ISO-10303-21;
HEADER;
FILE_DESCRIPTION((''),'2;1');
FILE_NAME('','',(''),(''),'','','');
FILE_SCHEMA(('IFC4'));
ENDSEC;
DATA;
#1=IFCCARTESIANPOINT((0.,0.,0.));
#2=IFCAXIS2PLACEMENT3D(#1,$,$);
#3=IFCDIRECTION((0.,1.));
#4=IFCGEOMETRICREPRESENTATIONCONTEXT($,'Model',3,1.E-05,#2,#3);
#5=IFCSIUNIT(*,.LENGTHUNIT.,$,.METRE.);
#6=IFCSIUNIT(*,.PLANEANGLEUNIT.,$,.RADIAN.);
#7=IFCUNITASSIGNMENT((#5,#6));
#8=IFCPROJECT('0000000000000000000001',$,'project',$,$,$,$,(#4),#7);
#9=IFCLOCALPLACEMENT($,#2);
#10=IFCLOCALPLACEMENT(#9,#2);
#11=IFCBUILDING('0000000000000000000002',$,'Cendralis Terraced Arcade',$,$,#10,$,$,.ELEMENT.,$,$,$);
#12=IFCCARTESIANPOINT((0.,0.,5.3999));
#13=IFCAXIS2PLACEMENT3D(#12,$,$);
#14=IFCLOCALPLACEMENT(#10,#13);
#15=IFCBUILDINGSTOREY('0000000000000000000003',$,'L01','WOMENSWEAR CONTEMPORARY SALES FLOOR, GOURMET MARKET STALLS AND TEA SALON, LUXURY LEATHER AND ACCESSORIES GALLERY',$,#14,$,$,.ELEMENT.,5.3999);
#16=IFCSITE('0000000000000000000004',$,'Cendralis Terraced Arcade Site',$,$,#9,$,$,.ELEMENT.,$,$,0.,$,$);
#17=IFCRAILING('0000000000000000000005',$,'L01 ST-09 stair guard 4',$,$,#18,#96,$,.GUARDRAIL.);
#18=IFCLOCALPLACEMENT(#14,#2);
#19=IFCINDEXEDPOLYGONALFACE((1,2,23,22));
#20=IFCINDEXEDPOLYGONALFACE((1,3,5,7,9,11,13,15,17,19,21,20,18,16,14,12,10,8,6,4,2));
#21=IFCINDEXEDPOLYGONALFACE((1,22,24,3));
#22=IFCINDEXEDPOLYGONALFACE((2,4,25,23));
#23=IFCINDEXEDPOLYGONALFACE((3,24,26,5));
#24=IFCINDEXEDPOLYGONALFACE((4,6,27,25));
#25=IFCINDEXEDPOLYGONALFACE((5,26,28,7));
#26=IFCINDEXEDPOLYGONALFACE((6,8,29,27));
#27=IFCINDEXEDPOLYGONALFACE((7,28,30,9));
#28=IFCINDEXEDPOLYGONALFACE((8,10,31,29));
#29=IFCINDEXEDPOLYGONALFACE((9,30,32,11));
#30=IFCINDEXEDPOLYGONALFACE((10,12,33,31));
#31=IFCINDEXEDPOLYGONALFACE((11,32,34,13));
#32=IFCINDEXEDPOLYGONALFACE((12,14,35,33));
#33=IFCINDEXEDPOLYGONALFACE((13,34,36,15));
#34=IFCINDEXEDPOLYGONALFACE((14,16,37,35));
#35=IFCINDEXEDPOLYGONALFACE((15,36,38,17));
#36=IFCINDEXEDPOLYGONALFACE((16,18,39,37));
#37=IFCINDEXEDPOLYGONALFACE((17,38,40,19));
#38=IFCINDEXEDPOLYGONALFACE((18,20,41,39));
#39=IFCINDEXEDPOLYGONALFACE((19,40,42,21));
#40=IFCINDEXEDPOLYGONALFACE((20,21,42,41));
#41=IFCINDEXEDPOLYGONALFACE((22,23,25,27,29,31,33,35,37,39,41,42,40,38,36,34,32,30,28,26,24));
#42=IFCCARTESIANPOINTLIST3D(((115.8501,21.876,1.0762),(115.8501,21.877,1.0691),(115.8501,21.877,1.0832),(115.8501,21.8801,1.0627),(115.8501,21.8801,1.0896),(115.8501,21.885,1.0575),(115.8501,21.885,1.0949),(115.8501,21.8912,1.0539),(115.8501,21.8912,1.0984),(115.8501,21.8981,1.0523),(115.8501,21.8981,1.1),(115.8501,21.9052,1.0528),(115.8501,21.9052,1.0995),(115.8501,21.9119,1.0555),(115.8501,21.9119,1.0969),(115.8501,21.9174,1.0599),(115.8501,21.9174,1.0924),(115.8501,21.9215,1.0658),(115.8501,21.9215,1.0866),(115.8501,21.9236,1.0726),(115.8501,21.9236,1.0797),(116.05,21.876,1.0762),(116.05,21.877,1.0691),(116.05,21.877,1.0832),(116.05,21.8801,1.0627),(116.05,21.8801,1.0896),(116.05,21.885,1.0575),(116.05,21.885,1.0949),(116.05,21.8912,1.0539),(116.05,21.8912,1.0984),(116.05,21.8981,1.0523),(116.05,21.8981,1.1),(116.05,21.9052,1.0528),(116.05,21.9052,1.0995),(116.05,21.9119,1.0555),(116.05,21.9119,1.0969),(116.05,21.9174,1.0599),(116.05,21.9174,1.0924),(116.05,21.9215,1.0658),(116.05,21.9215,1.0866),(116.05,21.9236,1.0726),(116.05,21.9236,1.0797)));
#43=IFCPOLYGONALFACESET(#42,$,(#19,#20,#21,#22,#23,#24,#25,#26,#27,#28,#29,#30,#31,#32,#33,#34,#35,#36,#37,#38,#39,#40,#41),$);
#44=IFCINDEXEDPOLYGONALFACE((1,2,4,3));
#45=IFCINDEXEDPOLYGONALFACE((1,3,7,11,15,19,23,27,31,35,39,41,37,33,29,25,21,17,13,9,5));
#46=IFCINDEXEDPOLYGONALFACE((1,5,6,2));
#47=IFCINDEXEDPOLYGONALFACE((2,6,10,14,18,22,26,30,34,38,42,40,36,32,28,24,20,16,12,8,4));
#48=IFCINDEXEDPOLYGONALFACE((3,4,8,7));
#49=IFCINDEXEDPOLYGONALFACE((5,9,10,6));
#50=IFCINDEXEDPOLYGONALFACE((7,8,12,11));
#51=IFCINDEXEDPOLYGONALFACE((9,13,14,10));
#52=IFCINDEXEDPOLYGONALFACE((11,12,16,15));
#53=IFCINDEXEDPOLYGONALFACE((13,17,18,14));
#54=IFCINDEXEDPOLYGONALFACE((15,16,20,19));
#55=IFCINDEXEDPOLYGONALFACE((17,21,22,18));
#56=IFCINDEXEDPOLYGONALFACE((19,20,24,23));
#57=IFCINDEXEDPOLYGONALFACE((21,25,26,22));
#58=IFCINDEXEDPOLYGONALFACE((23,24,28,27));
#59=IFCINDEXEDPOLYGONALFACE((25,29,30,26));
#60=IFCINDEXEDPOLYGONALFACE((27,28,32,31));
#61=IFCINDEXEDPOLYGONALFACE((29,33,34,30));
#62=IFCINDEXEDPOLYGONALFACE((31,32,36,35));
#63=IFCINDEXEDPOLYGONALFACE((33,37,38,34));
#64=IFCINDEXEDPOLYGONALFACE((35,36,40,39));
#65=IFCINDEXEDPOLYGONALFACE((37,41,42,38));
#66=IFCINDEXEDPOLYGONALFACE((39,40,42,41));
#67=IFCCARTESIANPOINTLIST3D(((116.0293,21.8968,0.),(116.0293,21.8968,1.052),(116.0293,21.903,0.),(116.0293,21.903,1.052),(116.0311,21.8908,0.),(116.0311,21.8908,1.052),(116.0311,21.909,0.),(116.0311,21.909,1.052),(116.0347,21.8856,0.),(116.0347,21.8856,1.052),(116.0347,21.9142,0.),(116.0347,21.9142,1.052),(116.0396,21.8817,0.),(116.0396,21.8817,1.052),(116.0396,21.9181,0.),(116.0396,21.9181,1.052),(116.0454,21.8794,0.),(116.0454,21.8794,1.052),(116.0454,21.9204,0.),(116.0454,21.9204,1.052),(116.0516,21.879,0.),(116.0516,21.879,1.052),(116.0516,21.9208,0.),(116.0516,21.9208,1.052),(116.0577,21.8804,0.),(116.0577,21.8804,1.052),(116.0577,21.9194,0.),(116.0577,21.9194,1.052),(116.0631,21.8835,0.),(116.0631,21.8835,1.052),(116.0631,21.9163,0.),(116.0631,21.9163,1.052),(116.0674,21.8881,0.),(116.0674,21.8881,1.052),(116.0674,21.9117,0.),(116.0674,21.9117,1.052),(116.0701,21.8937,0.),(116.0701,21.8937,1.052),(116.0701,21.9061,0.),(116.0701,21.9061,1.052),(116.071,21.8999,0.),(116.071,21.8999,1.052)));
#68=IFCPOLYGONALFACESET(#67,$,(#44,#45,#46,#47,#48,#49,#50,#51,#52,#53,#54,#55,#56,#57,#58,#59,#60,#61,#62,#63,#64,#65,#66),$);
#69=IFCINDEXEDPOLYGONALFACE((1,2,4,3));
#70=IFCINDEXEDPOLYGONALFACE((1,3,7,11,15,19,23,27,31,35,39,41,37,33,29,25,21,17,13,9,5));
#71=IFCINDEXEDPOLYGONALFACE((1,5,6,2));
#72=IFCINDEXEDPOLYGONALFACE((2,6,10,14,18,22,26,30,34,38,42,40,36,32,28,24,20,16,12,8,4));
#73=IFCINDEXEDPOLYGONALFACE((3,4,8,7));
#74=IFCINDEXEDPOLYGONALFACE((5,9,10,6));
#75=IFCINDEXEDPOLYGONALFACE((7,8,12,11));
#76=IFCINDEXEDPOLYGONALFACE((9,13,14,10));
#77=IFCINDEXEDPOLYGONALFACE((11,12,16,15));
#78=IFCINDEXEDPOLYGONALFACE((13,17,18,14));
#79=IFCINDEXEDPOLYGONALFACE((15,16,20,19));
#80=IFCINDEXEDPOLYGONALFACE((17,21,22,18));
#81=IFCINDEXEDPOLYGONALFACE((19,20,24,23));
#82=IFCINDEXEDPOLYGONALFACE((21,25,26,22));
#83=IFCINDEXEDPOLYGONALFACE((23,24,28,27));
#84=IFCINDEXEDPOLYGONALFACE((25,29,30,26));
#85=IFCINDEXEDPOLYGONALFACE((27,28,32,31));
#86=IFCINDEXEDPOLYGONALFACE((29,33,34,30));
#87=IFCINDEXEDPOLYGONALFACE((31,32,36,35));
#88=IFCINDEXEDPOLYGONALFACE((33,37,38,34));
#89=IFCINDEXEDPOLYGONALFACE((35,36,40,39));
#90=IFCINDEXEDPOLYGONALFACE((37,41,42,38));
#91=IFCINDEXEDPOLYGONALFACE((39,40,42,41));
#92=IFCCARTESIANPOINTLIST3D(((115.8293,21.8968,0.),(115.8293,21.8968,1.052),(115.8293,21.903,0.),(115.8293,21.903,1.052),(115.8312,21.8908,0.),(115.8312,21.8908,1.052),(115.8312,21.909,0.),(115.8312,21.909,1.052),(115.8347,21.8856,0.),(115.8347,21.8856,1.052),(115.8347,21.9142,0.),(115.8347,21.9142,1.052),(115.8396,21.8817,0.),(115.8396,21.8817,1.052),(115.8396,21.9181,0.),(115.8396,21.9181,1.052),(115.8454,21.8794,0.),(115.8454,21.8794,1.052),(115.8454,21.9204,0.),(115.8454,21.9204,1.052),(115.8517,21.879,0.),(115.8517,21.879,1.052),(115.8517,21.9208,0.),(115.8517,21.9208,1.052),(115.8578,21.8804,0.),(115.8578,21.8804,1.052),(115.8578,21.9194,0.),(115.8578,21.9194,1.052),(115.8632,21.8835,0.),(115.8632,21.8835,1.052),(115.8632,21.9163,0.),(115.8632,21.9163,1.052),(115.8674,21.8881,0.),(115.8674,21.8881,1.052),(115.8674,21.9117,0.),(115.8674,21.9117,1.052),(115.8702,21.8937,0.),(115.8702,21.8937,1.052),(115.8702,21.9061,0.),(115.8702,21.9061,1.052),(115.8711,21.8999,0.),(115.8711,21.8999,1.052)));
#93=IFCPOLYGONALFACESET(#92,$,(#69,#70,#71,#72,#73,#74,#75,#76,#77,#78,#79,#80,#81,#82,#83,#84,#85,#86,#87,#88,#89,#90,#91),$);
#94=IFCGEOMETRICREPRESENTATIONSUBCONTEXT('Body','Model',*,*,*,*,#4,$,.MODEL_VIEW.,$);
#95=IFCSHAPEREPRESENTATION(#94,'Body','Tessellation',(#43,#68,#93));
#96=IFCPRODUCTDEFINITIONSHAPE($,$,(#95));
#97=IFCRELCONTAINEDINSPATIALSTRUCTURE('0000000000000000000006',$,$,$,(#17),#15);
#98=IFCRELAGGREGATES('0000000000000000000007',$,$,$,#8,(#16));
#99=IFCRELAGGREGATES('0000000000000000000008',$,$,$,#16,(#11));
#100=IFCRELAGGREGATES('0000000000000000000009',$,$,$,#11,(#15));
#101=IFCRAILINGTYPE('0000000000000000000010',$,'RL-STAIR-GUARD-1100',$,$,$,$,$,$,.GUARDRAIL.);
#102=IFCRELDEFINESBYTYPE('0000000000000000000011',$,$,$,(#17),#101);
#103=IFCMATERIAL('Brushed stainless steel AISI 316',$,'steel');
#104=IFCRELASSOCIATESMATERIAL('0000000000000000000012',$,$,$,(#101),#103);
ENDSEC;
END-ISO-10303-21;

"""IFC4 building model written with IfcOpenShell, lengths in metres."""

from ifc_helpers import new_model, si_unit, direction, frame, origin, origin_2d, place, context, subcontext, project, spatial, circle, extrude, material, type_object, element, save


model = new_model("IFC4")

# Units and contexts
model_context = context("Model", 3, precision=1e-05, world=origin(), true_north=direction((0.0, 1.0)))
body_context = subcontext(model_context, "Body", "Model", "MODEL_VIEW")
ifc_project = project(units=[si_unit("LENGTHUNIT", "METRE"), si_unit("PLANEANGLEUNIT", "RADIAN")], contexts=[model_context])

# Site, building, storey
site_placement = place(None, origin())
site = spatial("IfcSite", under=ifc_project, at=site_placement, Name="Cendralis Terraced Arcade Site", CompositionType="ELEMENT", RefElevation=0.0)
building_placement = place(site_placement, origin())
building = spatial("IfcBuilding", under=site, at=building_placement, Name="Cendralis Terraced Arcade", CompositionType="ELEMENT")
storey_placement = place(building_placement, frame((0.0, 0.0, 5.3999)))
storey = spatial("IfcBuildingStorey", under=building, at=storey_placement, Name="L01", Description="WOMENSWEAR CONTEMPORARY SALES FLOOR, GOURMET MARKET STALLS AND TEA SALON, LUXURY LEATHER AND ACCESSORIES GALLERY", CompositionType="ELEMENT", Elevation=5.3999)

# Railing
ifc_material_1 = material(Name="Brushed stainless steel AISI 316", Category="steel")
railing_type_1 = type_object("IfcRailingType", Name="RL-STAIR-GUARD-1100", PredefinedType="GUARDRAIL", material=ifc_material_1)
railing_1_placement = place(storey_placement, frame((116.05, 21.8999, 0.0)))
element("IfcRailing", 1, at=railing_1_placement, inside=storey, type_object=railing_type_1, Name="L01 ST-09 stair guard 4", PredefinedType="GUARDRAIL", context=body_context, shape_type="SweptSolid", body=[
    extrude(circle(Radius=0.0239, at=origin_2d()), frame((0.0, 0.0, 1.0762), z_axis=(-1.0, 0.0, 0.0), x_axis=(0.0, -1.0, 0.0)), (0.0, 0.0, 1.0), 0.2),
    extrude(circle(Radius=0.021, at=origin_2d()), origin(), (0.0, 0.0, 1.0), 1.052),
    extrude(circle(Radius=0.021, at=origin_2d()), frame((-0.2, 0.0, 0.0)), (0.0, 0.0, 1.0), 1.052),
])

save(model, "model.ifc")
